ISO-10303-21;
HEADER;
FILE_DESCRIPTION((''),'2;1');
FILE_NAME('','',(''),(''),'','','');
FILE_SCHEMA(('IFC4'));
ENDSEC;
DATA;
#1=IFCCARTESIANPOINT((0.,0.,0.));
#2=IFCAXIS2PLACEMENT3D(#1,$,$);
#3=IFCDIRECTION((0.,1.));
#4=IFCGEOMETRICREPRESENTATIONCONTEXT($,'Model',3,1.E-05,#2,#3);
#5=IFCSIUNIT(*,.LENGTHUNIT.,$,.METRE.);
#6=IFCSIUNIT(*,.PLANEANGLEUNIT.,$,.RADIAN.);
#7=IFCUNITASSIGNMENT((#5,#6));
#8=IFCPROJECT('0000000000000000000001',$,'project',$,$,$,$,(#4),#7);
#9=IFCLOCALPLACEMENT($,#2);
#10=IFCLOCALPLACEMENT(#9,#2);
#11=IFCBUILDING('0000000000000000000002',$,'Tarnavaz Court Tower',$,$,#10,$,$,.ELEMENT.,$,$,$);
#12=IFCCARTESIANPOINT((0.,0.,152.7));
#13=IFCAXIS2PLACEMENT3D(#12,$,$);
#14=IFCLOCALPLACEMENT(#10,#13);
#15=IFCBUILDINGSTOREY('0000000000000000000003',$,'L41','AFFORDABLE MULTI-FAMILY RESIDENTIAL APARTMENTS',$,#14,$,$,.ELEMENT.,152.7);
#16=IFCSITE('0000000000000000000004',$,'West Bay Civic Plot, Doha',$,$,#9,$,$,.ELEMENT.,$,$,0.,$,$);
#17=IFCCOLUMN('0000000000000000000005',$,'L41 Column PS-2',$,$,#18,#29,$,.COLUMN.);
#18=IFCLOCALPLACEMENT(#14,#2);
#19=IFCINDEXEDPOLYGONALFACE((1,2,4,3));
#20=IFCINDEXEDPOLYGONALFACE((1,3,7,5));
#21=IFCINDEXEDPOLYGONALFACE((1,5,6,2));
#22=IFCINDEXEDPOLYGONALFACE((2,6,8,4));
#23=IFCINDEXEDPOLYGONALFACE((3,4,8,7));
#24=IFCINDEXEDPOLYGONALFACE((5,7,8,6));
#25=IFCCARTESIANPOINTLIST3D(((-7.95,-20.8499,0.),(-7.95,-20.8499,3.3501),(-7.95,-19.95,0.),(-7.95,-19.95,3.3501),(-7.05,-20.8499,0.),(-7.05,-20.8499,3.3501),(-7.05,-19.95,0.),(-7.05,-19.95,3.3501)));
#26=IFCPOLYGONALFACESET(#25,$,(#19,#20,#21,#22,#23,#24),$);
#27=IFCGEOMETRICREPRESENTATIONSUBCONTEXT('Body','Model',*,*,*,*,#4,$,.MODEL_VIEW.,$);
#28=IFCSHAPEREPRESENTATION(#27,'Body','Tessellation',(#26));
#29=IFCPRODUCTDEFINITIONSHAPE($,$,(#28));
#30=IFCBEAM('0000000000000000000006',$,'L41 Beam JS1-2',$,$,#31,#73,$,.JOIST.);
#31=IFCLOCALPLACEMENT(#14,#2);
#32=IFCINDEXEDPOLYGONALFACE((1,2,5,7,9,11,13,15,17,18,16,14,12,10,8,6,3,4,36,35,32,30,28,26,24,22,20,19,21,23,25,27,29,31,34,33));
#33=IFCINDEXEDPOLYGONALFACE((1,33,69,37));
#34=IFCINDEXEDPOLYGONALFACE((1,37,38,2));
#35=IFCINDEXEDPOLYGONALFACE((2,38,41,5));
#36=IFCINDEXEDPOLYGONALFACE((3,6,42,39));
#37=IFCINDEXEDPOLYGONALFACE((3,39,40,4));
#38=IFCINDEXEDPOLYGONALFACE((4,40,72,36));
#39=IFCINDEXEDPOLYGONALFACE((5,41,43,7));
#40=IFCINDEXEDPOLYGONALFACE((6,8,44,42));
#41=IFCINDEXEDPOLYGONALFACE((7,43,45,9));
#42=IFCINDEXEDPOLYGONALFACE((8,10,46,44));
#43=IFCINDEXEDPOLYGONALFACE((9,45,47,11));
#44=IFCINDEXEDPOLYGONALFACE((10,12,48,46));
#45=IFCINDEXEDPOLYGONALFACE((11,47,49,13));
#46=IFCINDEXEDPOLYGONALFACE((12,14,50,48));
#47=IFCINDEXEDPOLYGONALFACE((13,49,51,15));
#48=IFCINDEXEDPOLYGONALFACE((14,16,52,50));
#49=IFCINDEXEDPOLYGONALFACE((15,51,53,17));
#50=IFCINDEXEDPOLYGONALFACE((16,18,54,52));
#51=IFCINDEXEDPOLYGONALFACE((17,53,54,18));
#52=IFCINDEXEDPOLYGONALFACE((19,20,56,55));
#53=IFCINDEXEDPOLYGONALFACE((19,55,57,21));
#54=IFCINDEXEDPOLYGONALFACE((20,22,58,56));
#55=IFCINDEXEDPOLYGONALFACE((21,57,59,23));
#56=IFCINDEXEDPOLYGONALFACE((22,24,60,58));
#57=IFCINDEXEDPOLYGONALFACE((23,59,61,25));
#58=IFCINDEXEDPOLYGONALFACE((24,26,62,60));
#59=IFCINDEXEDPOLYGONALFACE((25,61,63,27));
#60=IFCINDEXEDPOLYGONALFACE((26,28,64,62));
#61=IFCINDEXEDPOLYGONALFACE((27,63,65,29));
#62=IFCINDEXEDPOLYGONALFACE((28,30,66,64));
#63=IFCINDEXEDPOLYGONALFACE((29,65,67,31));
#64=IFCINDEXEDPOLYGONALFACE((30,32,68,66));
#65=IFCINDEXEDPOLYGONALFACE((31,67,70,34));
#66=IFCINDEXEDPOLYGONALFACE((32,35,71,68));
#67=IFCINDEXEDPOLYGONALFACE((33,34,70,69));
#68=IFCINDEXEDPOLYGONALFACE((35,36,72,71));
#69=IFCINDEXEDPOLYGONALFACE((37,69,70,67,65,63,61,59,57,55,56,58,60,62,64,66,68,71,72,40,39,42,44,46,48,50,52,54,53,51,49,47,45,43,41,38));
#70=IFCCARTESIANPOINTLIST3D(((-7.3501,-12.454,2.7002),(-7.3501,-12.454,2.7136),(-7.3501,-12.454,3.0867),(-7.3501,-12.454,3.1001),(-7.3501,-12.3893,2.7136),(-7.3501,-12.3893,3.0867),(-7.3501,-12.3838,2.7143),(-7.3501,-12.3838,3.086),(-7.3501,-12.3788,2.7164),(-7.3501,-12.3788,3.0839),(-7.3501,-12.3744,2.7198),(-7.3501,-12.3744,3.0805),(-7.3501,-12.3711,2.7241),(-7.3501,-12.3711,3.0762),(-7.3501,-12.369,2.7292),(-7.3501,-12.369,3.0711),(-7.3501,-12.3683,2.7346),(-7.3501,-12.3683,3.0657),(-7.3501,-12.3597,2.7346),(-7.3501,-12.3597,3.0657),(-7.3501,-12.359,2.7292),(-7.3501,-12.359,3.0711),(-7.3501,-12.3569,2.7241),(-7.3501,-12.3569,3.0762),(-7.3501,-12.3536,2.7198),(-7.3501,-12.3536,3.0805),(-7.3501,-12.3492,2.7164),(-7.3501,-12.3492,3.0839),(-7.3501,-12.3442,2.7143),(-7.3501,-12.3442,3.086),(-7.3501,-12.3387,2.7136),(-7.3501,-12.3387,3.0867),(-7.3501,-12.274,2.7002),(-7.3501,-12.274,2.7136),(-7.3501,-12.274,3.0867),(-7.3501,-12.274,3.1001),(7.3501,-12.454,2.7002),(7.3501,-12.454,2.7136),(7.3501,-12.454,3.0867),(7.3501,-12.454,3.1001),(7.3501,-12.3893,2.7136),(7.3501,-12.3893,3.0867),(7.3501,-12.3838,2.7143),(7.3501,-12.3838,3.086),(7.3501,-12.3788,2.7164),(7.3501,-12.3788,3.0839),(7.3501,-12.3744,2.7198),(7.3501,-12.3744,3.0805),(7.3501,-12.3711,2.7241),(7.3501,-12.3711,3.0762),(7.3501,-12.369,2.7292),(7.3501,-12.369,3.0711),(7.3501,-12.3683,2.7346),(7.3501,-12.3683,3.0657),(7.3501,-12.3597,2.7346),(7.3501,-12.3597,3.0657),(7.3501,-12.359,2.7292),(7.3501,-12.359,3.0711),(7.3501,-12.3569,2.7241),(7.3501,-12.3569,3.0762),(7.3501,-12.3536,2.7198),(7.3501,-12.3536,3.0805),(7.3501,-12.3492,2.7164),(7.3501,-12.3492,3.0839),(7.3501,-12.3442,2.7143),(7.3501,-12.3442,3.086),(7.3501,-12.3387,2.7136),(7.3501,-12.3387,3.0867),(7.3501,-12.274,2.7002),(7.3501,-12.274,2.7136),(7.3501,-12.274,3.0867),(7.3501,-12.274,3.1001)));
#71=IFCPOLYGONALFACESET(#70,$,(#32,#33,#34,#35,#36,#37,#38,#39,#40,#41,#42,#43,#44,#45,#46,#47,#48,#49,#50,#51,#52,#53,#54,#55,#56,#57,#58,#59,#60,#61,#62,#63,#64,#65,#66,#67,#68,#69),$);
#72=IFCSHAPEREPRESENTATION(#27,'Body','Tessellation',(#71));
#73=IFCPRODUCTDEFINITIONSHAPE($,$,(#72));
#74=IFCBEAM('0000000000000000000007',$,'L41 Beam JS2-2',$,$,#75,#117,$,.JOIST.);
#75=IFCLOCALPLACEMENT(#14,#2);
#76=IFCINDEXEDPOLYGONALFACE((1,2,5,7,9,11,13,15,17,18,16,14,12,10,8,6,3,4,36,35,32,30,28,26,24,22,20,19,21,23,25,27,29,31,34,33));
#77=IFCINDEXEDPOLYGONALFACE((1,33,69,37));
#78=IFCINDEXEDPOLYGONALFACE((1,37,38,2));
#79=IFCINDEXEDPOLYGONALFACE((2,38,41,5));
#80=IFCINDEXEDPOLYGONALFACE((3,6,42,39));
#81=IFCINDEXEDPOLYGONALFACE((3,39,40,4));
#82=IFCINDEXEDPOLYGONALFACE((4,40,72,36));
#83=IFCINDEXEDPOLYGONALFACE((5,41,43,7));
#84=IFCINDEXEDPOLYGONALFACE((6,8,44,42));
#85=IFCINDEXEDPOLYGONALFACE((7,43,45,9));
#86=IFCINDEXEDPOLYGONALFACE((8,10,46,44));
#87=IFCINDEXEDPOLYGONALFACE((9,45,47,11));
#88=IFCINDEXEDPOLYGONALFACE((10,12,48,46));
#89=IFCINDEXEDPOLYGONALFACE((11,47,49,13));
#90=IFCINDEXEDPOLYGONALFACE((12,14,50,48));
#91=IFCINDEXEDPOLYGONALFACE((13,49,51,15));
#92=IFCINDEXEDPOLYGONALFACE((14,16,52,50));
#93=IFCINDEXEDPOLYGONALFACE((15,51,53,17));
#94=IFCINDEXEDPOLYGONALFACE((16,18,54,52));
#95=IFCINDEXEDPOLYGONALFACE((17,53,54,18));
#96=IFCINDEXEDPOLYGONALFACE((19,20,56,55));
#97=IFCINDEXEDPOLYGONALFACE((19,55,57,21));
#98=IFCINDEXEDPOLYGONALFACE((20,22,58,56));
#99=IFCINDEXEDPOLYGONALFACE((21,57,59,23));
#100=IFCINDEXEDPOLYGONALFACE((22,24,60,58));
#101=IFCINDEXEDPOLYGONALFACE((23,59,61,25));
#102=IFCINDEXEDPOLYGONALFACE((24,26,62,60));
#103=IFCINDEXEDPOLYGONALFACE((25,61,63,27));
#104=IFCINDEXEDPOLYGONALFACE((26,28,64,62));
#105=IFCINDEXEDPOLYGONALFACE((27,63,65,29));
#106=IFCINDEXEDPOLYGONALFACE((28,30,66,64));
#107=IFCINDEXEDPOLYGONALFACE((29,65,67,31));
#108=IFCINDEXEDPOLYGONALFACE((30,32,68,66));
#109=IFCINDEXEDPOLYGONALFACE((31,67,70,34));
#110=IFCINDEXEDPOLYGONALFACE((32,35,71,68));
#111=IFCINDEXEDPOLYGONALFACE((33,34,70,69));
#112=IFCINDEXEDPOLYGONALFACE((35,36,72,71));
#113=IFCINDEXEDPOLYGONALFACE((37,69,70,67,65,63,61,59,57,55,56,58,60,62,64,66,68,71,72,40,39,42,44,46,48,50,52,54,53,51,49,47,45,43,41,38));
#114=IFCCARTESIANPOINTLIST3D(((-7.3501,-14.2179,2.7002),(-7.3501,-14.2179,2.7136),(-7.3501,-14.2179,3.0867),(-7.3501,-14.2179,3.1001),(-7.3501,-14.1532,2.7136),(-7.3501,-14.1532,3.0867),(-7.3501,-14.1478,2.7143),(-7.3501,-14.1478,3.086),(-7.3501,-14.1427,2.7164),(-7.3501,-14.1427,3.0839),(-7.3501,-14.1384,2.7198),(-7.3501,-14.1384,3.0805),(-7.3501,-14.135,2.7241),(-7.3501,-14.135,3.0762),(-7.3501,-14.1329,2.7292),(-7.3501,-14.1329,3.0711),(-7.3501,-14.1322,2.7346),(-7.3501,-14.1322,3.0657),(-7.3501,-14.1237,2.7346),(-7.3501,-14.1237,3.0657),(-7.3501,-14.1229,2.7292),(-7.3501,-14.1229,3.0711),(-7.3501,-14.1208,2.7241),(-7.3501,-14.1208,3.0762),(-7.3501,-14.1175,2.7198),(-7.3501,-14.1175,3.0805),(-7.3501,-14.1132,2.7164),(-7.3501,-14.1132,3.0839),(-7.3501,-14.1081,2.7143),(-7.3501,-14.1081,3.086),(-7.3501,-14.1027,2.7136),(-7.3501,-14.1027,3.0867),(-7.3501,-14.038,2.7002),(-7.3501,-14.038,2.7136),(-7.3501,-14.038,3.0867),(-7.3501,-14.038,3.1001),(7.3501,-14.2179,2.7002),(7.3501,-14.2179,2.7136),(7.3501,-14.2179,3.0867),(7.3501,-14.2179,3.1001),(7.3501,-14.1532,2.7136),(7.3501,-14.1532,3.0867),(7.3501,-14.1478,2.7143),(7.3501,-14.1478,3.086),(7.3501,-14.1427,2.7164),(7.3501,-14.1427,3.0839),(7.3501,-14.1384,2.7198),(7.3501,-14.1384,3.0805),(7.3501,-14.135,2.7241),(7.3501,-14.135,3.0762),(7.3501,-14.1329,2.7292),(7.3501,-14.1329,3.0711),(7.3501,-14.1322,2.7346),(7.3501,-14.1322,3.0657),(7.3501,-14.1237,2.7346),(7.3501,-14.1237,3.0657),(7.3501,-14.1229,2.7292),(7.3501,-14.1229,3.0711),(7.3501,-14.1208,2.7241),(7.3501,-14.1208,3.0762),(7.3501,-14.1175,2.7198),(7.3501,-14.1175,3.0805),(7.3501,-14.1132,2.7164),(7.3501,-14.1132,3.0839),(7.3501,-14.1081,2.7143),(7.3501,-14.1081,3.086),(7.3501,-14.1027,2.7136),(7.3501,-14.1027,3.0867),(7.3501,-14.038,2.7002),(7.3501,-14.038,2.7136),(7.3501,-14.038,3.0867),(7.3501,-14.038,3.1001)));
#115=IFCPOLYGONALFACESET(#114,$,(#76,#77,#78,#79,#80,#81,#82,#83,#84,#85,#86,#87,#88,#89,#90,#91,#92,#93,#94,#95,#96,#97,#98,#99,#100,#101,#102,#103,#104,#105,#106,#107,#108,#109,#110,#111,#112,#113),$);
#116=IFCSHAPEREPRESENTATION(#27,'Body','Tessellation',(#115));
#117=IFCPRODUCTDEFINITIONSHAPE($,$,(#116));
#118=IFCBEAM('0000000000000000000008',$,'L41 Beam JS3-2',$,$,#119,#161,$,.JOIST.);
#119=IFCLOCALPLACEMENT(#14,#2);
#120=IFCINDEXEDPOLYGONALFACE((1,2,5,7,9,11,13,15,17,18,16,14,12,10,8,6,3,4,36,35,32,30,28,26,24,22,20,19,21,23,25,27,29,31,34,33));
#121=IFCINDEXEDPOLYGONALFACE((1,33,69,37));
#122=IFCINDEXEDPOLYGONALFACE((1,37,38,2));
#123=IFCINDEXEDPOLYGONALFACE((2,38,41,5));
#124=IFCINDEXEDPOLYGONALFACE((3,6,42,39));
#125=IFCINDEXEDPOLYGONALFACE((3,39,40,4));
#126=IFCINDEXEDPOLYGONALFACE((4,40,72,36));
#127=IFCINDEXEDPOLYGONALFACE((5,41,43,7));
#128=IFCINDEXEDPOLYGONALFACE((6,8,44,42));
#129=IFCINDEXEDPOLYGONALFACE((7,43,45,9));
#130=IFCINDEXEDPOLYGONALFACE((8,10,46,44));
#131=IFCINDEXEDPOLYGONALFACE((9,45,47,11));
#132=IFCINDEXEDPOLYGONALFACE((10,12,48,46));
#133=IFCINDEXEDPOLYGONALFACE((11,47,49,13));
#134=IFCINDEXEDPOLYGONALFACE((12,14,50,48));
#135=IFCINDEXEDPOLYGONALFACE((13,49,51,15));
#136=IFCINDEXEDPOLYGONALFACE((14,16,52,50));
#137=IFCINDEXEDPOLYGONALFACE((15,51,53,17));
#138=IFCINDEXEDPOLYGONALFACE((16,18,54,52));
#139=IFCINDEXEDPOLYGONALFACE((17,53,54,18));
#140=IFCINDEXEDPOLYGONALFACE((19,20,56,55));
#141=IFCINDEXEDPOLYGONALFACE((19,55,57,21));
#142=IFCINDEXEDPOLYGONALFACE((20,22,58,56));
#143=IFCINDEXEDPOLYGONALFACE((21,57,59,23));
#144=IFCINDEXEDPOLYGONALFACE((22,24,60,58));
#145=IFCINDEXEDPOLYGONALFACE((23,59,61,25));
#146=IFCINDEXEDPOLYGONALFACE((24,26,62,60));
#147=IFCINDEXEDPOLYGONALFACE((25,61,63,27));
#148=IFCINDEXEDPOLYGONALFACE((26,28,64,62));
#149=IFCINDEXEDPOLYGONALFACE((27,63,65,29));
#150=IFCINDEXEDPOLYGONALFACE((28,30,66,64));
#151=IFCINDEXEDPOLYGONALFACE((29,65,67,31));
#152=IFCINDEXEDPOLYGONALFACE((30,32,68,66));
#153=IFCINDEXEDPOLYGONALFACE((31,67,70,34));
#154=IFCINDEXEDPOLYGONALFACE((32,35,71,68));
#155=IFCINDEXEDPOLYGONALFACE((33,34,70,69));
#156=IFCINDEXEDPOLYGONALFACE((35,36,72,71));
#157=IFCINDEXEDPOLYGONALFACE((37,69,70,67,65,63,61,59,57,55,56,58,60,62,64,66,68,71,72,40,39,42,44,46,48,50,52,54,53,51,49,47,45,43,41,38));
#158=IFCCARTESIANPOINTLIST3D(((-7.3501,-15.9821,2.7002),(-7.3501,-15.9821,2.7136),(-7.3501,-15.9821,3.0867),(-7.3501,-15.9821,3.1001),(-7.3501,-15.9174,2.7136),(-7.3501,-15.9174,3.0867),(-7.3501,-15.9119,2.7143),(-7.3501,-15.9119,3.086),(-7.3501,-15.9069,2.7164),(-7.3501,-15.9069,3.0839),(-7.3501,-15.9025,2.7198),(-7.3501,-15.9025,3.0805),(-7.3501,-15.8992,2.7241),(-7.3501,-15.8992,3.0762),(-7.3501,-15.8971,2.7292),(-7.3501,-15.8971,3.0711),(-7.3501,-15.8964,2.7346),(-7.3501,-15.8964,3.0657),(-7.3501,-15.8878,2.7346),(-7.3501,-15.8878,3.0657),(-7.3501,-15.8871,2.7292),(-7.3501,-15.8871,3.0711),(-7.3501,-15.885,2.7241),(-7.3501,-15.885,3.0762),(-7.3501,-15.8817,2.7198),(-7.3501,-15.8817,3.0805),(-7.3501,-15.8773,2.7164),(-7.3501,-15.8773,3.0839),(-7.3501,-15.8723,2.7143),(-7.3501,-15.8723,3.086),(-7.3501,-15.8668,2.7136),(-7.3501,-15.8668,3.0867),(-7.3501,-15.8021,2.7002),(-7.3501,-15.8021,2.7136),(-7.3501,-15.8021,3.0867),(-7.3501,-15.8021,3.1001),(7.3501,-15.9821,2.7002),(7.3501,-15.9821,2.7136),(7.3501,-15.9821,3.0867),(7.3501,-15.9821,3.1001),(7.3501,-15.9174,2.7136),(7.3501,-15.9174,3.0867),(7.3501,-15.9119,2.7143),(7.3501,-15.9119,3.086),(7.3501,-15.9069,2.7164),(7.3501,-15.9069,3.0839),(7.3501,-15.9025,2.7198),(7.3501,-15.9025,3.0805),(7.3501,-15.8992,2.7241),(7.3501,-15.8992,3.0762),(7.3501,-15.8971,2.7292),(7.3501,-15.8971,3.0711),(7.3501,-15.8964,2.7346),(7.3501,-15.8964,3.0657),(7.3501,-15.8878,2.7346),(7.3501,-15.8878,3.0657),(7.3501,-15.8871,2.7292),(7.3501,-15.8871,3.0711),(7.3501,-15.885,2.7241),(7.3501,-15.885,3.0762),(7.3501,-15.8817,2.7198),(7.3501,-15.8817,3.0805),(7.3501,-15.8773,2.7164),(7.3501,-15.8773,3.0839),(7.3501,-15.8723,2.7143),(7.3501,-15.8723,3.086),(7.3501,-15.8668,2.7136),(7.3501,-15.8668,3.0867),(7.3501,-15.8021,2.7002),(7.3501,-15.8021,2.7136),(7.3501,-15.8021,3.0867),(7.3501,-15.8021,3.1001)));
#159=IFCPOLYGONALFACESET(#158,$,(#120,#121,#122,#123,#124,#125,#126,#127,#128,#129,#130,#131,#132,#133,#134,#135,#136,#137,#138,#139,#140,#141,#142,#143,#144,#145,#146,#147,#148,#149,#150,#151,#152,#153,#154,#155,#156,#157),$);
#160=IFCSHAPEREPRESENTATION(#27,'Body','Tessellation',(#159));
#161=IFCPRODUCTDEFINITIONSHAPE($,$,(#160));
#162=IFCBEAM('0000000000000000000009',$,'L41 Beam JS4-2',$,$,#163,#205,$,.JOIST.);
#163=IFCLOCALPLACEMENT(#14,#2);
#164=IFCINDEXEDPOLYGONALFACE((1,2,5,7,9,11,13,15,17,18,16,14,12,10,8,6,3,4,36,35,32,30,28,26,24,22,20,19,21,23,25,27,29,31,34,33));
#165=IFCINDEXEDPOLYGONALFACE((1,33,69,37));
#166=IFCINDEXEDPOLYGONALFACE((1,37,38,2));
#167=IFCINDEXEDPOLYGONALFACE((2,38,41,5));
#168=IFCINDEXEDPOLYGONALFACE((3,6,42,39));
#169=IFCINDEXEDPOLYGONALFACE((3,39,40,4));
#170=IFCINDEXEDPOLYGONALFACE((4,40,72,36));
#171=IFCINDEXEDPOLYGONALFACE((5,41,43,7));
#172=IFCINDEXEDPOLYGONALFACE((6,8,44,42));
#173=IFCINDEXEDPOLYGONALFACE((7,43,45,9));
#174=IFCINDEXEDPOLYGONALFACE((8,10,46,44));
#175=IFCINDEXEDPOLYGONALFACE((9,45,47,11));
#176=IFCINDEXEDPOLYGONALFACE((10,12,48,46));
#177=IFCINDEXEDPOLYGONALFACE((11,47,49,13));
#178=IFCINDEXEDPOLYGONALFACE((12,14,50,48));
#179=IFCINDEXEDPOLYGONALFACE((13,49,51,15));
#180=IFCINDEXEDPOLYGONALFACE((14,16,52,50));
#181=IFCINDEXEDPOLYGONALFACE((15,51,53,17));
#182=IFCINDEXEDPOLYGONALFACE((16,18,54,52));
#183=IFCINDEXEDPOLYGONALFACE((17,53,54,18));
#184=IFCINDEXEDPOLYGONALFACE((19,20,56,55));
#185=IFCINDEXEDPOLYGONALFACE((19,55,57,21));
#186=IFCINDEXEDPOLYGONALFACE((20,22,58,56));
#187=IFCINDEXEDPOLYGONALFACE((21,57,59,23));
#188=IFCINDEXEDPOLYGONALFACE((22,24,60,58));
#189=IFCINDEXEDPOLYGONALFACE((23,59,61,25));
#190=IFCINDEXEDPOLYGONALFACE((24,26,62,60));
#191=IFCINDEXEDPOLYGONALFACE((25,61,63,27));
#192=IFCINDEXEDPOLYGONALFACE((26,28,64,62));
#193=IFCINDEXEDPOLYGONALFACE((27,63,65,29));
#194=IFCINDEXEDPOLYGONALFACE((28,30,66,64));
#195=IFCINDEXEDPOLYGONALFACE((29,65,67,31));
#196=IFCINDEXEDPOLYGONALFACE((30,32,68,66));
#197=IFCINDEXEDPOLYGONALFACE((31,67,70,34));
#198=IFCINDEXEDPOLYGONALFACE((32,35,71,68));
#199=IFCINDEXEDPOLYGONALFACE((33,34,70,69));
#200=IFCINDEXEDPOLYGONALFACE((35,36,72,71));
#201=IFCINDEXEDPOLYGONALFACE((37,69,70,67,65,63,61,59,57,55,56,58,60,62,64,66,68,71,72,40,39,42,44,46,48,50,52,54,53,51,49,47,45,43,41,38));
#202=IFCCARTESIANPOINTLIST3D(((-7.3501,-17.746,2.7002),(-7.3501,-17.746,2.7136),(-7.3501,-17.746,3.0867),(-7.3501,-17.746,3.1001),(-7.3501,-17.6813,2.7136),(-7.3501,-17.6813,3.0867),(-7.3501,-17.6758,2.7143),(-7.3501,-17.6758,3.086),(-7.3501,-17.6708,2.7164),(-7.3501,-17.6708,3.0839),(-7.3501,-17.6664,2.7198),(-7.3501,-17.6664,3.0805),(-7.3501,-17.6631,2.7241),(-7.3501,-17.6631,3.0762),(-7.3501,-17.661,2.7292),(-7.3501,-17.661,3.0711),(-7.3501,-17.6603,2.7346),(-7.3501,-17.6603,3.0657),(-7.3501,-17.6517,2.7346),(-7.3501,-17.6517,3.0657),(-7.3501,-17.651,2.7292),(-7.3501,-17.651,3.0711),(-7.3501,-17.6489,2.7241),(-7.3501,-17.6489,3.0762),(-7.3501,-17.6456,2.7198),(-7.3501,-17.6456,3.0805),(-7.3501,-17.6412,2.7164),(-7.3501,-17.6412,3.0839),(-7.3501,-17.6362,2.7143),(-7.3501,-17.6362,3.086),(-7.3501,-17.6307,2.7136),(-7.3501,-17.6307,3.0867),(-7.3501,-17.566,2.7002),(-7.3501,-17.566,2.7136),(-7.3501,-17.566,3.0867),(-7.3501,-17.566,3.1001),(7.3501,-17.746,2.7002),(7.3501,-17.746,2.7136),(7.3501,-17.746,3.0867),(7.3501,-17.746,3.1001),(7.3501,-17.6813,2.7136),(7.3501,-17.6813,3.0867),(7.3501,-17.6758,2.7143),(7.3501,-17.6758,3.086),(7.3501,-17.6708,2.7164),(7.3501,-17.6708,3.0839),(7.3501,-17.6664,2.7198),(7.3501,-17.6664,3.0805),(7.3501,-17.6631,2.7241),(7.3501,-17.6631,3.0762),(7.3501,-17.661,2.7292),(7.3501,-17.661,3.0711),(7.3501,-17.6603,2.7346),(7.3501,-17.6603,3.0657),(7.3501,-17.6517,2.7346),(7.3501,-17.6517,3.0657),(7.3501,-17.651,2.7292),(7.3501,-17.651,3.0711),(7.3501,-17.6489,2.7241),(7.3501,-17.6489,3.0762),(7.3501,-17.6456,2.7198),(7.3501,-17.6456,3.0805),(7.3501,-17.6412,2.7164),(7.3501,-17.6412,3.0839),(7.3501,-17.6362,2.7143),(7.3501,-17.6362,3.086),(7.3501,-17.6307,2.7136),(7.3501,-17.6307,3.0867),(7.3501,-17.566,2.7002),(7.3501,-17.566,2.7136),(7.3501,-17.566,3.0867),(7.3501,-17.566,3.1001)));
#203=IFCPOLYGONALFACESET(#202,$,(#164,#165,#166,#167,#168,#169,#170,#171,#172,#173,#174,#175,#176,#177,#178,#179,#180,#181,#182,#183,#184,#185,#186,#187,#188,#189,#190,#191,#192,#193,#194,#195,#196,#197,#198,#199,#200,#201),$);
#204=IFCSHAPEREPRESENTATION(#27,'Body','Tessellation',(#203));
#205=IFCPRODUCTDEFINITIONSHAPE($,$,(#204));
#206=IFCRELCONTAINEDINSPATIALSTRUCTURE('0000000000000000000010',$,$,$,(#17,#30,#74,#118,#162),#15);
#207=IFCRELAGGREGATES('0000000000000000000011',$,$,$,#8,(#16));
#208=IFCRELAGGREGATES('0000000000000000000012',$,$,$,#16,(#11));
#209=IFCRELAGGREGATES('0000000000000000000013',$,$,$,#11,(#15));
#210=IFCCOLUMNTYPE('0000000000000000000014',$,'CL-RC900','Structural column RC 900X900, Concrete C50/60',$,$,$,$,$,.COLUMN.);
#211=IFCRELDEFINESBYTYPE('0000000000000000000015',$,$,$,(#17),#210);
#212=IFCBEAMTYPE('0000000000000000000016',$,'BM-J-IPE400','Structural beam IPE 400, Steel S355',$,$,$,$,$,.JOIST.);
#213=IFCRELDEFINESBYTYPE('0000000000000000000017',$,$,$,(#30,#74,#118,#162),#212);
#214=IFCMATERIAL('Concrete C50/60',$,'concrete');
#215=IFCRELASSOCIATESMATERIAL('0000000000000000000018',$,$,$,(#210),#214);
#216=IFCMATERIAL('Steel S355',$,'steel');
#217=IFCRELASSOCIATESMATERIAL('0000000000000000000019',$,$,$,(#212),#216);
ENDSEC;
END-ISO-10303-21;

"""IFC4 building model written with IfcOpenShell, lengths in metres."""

from ifc_helpers import new_model, si_unit, direction, frame, origin, origin_2d, place, context, subcontext, project, spatial, rectangle, i_section, extrude, material, material_profile, profile_set, type_object, element, save


model = new_model("IFC4")

# Units and contexts
model_context = context("Model", 3, precision=1e-05, world=origin(), true_north=direction((0.0, 1.0)))
body_context = subcontext(model_context, "Body", "Model", "MODEL_VIEW")
ifc_project = project(units=[si_unit("LENGTHUNIT", "METRE"), si_unit("PLANEANGLEUNIT", "RADIAN")], contexts=[model_context])

# Site, building, storey
site_placement = place(None, origin())
site = spatial("IfcSite", under=ifc_project, at=site_placement, Name="West Bay Civic Plot, Doha", CompositionType="ELEMENT", RefElevation=0.0)
building_placement = place(site_placement, origin())
building = spatial("IfcBuilding", under=site, at=building_placement, Name="Tarnavaz Court Tower", CompositionType="ELEMENT")
storey_placement = place(building_placement, frame((0.0, 0.0, 152.7)))
storey = spatial("IfcBuildingStorey", under=building, at=storey_placement, Name="L41", Description="AFFORDABLE MULTI-FAMILY RESIDENTIAL APARTMENTS", CompositionType="ELEMENT", Elevation=152.7)

# Column
ifc_material_1 = material(Name="Concrete C50/60", Category="concrete")
ifc_material_profile_1 = material_profile(ifc_material_1, rectangle(XDim=0.8999, YDim=0.8999, at=origin_2d()), Name="RC 900X900")
ifc_profile_set_1 = profile_set([ifc_material_profile_1], Name="Concrete C50/60")
column_type = type_object("IfcColumnType", Name="CL-RC900", Description="Structural column RC 900X900, Concrete C50/60", PredefinedType="COLUMN", material=ifc_profile_set_1)
column_placement = place(storey_placement, frame((-7.5, -20.3999, 0.0), z_axis=(0.0, 0.0, 1.0), x_axis=(1.0, 0.0, 0.0)))
element("IfcColumn", 1, at=column_placement, inside=storey, type_object=column_type, Name="L41 Column PS-2", PredefinedType="COLUMN", context=body_context, shape_type="SweptSolid", body=[
    extrude(rectangle(XDim=0.8999, YDim=0.8999, at=origin_2d()), origin(), (0.0, 0.0, 1.0), 3.3501),
])

# Beams
ifc_material_2 = material(Name="Steel S355", Category="steel")
ifc_material_profile_2 = material_profile(ifc_material_2, i_section(OverallWidth=0.1799, OverallDepth=0.3999, WebThickness=0.0085, FlangeThickness=0.0134, FilletRadius=0.021, at=origin_2d()), Name="IPE 400")
ifc_profile_set_2 = profile_set([ifc_material_profile_2], Name="Steel S355")
beam_type_1 = type_object("IfcBeamType", Name="BM-J-IPE400", Description="Structural beam IPE 400, Steel S355", PredefinedType="JOIST", material=ifc_profile_set_2)
for number, where, z_axis, x_axis, name in (
    (2, (-7.3501, -12.364, 2.9001), (1.0, 0.0, 0.0), (0.0, 1.0, 0.0), "L41 Beam JS1-2"),
    (3, (-7.3501, -14.1279, 2.9001), (1.0, 0.0, 0.0), (0.0, 1.0, 0.0), "L41 Beam JS2-2"),
    (4, (-7.3501, -15.8921, 2.9001), (1.0, 0.0, 0.0), (0.0, 1.0, 0.0), "L41 Beam JS3-2"),
    (5, (-7.3501, -17.656, 2.9001), (1.0, 0.0, 0.0), (0.0, 1.0, 0.0), "L41 Beam JS4-2"),
):
    element("IfcBeam", number, at=place(storey_placement, frame(where, z_axis=z_axis, x_axis=x_axis)), inside=storey, type_object=beam_type_1, Name=name, PredefinedType="JOIST", context=body_context, shape_type="SweptSolid", body=[
        extrude(i_section(OverallWidth=0.1799, OverallDepth=0.3999, WebThickness=0.0085, FlangeThickness=0.0134, FilletRadius=0.021, at=origin_2d()), origin(), (0.0, 0.0, 1.0), 14.7002),
    ])

save(model, "model.ifc")
